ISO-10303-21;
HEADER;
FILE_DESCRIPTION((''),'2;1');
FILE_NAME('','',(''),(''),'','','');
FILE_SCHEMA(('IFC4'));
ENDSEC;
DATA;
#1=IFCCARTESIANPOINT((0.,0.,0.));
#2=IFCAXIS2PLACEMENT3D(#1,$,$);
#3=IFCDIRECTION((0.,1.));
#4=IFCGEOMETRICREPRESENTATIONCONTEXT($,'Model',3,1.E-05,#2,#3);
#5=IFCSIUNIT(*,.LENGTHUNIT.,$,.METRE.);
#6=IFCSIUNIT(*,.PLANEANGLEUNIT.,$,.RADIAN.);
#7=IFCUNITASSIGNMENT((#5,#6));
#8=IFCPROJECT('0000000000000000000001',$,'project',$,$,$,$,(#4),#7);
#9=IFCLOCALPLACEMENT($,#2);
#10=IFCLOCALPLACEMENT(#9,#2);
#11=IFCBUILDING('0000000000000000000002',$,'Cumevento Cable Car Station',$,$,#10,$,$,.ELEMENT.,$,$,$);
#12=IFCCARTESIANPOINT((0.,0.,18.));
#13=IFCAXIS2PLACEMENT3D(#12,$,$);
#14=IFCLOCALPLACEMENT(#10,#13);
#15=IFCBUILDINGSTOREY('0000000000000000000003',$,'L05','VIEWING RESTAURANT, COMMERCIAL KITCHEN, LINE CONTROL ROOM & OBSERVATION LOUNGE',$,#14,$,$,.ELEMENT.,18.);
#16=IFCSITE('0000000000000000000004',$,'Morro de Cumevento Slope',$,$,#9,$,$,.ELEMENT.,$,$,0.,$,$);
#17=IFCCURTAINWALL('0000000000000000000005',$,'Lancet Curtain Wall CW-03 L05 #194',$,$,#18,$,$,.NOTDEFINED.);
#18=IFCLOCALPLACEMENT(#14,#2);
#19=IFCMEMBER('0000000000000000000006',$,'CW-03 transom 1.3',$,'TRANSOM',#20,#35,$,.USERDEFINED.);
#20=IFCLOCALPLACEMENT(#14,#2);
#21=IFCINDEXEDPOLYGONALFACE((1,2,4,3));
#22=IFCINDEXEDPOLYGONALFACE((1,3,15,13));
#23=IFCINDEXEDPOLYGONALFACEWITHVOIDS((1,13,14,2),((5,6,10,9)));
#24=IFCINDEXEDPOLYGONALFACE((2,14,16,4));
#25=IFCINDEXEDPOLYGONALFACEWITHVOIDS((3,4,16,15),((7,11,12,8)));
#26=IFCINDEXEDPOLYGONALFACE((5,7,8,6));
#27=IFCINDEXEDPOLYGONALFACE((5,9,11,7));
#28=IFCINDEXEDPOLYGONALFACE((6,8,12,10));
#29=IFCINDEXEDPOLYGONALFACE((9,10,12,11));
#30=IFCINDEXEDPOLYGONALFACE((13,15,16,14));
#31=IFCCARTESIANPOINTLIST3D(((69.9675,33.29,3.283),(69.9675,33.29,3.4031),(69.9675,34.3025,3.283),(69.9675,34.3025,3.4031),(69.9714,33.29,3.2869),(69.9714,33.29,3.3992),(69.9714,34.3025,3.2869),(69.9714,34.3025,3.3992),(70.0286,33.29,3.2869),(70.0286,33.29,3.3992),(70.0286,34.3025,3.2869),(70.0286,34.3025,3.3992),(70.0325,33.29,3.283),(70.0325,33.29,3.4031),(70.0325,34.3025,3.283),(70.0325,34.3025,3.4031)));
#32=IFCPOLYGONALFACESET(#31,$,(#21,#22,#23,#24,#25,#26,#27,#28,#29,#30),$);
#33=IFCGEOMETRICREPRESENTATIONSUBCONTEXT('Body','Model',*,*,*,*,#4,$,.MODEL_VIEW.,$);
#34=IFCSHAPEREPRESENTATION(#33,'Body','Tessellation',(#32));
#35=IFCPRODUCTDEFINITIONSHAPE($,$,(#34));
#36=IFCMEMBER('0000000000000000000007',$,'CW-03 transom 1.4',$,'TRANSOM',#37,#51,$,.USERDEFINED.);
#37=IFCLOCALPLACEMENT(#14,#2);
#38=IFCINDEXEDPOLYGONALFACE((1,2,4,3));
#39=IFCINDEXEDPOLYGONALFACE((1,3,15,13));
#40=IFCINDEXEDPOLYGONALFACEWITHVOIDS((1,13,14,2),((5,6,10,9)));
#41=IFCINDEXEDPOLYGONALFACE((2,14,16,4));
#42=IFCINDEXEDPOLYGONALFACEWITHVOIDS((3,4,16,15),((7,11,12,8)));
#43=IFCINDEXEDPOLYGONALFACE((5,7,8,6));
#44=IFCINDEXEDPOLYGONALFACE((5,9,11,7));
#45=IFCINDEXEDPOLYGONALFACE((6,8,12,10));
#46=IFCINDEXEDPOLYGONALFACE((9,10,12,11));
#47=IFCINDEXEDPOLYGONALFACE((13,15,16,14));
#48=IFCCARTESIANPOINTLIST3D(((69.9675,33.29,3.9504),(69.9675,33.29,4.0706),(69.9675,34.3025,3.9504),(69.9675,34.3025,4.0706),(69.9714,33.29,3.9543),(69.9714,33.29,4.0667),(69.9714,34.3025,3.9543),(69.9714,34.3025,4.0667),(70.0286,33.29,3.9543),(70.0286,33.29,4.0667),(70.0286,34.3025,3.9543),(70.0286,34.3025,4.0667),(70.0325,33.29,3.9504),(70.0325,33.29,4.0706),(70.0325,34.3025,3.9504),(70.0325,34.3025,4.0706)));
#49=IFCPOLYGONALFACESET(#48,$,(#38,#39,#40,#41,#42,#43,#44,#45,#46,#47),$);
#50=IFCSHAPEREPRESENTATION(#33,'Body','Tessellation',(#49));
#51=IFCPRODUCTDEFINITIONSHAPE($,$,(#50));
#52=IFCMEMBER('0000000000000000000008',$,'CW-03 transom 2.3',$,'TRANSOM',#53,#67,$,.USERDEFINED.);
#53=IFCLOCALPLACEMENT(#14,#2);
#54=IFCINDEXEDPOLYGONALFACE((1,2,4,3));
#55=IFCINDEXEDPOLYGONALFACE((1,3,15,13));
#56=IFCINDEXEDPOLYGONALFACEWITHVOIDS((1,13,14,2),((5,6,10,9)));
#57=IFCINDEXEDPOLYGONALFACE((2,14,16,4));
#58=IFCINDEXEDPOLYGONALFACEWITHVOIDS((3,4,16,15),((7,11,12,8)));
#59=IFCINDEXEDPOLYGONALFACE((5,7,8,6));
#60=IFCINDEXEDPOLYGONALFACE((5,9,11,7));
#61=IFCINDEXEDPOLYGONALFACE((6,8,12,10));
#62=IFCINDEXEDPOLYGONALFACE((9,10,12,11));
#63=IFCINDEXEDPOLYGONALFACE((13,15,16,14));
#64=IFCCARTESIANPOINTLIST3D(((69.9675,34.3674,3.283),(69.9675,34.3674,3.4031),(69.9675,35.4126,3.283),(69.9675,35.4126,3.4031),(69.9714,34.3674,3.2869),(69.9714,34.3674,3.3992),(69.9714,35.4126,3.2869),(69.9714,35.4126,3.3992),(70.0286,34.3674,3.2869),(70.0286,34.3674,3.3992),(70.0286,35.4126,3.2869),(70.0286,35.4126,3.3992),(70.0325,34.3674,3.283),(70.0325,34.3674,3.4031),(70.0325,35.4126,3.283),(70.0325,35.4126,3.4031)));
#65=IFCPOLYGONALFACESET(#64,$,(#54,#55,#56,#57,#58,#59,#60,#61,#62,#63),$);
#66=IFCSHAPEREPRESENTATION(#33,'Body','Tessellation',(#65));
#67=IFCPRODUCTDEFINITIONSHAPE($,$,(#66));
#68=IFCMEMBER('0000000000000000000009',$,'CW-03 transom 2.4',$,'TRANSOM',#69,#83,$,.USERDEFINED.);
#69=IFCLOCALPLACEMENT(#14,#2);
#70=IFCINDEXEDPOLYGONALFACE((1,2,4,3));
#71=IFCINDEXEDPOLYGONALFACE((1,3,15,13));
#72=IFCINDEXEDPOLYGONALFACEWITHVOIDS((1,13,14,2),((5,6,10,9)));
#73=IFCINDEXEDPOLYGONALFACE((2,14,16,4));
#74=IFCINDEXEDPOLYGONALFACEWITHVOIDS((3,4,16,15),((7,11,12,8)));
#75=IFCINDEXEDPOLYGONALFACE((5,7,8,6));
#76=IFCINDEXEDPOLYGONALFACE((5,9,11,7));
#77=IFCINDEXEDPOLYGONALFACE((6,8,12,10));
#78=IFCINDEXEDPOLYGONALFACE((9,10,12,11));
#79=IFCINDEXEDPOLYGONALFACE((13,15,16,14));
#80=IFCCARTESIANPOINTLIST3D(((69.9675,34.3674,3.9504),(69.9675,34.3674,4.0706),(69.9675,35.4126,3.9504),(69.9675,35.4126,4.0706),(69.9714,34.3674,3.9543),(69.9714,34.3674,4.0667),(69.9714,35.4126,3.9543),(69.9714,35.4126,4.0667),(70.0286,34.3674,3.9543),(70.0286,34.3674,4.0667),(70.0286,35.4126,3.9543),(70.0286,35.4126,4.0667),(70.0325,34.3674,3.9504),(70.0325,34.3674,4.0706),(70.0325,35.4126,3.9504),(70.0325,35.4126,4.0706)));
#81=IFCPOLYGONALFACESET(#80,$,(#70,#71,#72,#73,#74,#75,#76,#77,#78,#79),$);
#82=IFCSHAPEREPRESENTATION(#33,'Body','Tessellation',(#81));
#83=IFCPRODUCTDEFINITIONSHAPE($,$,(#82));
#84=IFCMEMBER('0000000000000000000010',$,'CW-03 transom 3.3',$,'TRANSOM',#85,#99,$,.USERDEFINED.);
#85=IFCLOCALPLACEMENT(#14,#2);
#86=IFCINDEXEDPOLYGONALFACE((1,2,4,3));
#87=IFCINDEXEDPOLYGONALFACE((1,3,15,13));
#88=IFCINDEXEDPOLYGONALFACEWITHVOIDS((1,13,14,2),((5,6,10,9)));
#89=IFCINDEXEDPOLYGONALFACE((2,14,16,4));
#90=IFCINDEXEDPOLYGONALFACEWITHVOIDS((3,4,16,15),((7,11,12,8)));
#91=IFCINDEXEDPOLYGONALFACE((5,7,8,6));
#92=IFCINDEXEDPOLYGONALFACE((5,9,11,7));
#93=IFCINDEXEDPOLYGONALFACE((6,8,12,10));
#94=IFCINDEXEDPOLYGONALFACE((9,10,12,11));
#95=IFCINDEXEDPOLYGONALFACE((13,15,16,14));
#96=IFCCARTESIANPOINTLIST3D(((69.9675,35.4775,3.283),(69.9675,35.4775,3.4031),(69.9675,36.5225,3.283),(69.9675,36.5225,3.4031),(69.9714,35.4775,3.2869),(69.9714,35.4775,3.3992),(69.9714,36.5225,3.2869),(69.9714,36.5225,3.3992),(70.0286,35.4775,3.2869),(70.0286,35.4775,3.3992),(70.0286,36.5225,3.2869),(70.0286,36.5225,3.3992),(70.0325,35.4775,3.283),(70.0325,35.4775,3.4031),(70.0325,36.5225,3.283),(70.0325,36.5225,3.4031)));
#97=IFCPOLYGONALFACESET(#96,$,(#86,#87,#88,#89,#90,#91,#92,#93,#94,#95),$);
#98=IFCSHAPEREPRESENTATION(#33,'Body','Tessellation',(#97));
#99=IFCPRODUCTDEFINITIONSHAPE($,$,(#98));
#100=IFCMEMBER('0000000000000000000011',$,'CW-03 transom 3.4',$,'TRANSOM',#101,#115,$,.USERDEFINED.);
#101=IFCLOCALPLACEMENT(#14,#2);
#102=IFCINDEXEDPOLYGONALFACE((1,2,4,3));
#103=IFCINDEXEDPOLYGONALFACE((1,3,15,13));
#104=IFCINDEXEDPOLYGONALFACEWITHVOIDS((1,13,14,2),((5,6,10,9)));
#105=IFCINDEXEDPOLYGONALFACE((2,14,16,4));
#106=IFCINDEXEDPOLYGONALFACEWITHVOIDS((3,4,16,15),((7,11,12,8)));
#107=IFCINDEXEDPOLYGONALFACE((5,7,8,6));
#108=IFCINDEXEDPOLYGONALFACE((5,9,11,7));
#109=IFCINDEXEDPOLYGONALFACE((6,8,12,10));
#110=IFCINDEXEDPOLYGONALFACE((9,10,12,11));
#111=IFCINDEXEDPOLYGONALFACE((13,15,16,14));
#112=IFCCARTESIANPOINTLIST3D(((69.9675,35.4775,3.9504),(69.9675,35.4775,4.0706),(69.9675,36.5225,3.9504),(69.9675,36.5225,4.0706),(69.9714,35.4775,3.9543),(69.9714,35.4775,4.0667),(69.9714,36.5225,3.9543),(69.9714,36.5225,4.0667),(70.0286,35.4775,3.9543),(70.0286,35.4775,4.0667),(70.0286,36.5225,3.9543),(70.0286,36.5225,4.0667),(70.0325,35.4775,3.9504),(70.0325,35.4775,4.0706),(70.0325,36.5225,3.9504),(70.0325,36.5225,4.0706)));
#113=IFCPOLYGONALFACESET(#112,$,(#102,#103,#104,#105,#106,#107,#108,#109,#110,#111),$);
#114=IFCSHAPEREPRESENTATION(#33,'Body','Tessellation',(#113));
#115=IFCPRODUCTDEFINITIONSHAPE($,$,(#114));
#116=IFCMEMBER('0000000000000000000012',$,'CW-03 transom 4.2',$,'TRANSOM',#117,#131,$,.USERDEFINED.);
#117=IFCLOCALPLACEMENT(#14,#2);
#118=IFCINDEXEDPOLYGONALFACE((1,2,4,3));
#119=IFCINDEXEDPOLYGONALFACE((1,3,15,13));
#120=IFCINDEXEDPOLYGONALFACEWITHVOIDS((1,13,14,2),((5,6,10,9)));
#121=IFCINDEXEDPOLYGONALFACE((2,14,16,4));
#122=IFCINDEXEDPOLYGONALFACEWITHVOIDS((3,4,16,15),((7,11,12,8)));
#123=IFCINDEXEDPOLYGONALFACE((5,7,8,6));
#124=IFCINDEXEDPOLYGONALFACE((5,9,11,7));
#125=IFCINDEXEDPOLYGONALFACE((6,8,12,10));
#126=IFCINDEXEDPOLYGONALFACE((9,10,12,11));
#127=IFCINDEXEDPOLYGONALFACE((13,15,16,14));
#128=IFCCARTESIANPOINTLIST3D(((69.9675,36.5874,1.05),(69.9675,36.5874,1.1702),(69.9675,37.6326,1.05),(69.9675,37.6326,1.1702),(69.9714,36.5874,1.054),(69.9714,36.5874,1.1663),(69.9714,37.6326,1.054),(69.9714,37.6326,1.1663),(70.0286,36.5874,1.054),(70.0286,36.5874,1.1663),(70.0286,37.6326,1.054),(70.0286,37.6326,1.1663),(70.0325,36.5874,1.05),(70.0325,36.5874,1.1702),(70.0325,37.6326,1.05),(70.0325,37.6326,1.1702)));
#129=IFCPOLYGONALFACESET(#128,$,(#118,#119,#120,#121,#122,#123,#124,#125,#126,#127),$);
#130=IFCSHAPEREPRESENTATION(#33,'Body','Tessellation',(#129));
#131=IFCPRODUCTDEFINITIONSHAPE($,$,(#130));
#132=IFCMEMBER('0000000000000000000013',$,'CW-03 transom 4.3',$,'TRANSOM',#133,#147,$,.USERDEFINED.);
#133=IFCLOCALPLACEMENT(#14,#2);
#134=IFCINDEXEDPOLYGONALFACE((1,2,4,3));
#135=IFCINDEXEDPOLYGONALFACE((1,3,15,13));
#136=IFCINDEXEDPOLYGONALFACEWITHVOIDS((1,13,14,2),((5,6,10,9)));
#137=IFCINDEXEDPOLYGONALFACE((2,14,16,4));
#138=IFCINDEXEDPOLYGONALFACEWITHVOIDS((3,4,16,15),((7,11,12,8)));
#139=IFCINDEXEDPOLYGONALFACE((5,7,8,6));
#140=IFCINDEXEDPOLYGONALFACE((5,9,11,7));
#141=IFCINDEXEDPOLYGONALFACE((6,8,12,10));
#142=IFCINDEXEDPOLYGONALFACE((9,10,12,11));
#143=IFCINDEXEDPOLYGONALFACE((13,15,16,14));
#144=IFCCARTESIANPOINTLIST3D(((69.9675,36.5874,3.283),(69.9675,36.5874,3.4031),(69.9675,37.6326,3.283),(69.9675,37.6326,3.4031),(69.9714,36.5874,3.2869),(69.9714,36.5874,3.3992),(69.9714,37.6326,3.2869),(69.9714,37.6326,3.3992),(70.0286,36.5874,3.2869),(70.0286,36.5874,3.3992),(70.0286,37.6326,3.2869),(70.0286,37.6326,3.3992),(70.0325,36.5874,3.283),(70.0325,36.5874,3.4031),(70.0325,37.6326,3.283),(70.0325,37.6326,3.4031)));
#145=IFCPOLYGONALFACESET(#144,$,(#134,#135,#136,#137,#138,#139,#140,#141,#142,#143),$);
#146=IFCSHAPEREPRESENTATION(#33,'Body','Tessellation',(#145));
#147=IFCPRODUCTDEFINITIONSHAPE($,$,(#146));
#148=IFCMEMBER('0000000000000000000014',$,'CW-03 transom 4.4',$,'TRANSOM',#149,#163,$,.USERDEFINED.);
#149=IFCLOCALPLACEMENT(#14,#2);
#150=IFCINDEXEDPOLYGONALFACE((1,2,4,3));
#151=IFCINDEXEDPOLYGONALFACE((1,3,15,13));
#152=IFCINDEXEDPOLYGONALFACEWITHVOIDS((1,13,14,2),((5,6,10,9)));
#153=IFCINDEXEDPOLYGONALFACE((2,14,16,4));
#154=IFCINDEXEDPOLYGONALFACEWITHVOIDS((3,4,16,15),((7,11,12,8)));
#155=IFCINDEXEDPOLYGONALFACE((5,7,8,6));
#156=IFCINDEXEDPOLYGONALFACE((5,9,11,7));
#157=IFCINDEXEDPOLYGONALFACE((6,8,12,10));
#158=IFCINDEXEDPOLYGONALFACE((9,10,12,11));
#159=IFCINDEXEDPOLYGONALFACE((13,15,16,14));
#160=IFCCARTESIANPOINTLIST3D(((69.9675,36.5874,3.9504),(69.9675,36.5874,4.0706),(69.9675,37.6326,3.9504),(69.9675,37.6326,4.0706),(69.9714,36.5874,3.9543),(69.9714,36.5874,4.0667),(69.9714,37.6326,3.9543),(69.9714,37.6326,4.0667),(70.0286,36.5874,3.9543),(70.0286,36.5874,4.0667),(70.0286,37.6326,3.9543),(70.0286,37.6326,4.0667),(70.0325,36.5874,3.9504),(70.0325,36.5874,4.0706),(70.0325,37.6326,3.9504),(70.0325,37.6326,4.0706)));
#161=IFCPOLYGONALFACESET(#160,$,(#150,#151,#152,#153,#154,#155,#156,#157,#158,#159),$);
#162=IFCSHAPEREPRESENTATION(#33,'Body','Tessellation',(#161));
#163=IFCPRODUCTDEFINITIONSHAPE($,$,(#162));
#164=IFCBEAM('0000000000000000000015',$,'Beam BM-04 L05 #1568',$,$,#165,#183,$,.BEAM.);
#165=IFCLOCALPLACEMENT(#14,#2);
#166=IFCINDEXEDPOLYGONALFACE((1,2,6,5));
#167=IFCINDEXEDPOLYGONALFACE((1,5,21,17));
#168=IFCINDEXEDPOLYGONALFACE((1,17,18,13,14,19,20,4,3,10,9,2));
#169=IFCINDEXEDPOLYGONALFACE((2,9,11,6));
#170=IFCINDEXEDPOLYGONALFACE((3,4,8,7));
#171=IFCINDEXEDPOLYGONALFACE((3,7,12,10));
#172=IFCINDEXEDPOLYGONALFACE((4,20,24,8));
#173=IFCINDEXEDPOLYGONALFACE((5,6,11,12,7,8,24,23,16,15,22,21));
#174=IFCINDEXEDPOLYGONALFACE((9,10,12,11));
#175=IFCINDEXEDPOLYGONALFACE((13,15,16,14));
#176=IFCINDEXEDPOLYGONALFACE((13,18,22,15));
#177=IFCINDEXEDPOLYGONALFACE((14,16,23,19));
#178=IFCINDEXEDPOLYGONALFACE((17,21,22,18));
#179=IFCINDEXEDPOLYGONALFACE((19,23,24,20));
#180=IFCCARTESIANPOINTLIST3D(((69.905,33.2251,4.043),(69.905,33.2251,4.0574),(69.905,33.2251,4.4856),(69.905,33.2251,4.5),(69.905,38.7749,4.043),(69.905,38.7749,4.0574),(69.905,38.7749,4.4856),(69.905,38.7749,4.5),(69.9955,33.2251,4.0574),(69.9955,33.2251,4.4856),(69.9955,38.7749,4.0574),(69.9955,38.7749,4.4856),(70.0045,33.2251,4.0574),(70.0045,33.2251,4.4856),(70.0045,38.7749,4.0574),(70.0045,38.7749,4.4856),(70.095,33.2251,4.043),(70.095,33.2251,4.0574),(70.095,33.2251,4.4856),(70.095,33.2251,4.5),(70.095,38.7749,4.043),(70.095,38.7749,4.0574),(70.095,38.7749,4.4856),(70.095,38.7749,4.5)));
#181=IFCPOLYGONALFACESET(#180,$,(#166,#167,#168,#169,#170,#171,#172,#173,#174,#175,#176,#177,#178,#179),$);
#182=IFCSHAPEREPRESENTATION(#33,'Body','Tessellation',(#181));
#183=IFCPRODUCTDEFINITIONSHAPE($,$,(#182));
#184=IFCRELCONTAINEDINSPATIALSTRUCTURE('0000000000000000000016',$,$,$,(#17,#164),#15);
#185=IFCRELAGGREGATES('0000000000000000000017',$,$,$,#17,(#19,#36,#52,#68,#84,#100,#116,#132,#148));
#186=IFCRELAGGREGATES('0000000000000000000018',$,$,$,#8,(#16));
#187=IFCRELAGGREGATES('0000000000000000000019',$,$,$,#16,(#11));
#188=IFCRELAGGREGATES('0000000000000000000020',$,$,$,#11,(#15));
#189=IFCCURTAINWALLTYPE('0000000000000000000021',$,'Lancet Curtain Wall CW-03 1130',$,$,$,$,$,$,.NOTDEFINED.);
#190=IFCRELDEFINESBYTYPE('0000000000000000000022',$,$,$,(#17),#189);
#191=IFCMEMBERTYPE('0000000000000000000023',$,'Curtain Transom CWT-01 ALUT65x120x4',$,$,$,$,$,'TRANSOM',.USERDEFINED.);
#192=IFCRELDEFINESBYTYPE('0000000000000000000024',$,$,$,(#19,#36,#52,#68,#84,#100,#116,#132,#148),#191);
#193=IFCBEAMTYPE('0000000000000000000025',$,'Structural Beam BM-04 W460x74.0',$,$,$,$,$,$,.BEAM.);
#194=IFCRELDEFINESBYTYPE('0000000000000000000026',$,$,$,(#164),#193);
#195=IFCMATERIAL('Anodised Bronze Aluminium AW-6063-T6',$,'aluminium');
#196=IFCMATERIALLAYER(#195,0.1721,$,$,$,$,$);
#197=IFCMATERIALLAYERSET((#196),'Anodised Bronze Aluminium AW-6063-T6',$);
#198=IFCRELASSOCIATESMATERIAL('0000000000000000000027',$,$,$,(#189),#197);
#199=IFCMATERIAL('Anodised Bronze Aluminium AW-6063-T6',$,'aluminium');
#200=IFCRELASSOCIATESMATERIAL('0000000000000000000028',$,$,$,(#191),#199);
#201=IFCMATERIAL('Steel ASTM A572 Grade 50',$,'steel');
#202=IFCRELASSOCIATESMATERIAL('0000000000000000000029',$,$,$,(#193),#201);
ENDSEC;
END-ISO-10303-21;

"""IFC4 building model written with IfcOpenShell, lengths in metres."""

from ifc_helpers import new_model, si_unit, direction, frame, origin, origin_2d, place, context, subcontext, project, spatial, hollow_rectangle, i_section, extrude, material, layer, layer_set, material_profile, profile_set, type_object, element, aggregate, save


model = new_model("IFC4")

# Units and contexts
model_context = context("Model", 3, precision=1e-05, world=origin(), true_north=direction((0.0, 1.0)))
body_context = subcontext(model_context, "Body", "Model", "MODEL_VIEW")
ifc_project = project(units=[si_unit("LENGTHUNIT", "METRE"), si_unit("PLANEANGLEUNIT", "RADIAN")], contexts=[model_context])

# Site, building, storey
site_placement = place(None, origin())
site = spatial("IfcSite", under=ifc_project, at=site_placement, Name="Morro de Cumevento Slope", CompositionType="ELEMENT", RefElevation=0.0)
building_placement = place(site_placement, origin())
building = spatial("IfcBuilding", under=site, at=building_placement, Name="Cumevento Cable Car Station", CompositionType="ELEMENT")
storey_placement = place(building_placement, frame((0.0, 0.0, 18.0)))
storey = spatial("IfcBuildingStorey", under=building, at=storey_placement, Name="L05", Description="VIEWING RESTAURANT, COMMERCIAL KITCHEN, LINE CONTROL ROOM & OBSERVATION LOUNGE", CompositionType="ELEMENT", Elevation=18.0)

# Curtain wall, members
ifc_material_1 = material(Name="Anodised Bronze Aluminium AW-6063-T6", Category="aluminium")
ifc_layer_1 = layer(ifc_material_1, 0.1721)
ifc_layer_set_1 = layer_set([ifc_layer_1], Name="Anodised Bronze Aluminium AW-6063-T6")
curtain_wall_type_1 = type_object("IfcCurtainWallType", Name="Lancet Curtain Wall CW-03 1130", PredefinedType="NOTDEFINED", material=ifc_layer_set_1)
curtain_wall_1_placement = place(storey_placement, origin())
curtain_wall_1 = element("IfcCurtainWall", 1, at=curtain_wall_1_placement, inside=storey, type_object=curtain_wall_type_1, Name="Lancet Curtain Wall CW-03 L05 #194", PredefinedType="NOTDEFINED")
ifc_material_2 = material(Name="Anodised Bronze Aluminium AW-6063-T6", Category="aluminium")
ifc_material_profile_1 = material_profile(ifc_material_2, hollow_rectangle(XDim=0.0649, YDim=0.1201, WallThickness=0.0039, at=origin_2d()), Name="ALUT65x120x4")
ifc_profile_set_1 = profile_set([ifc_material_profile_1], Name="Anodised Bronze Aluminium AW-6063-T6")
member_type = type_object("IfcMemberType", Name="Curtain Transom CWT-01 ALUT65x120x4", ElementType="TRANSOM", PredefinedType="USERDEFINED", material=ifc_profile_set_1)
member_1_placement = place(storey_placement, frame((70.0, 33.29, 3.343), z_axis=(0.0, 1.0, 0.0), x_axis=(-1.0, 0.0, 0.0)))
member_1 = element("IfcMember", 2, at=member_1_placement, type_object=member_type, Name="CW-03 transom 1.3", ObjectType="TRANSOM", PredefinedType="USERDEFINED", context=body_context, shape_type="SweptSolid", body=[
    extrude(hollow_rectangle(XDim=0.0649, YDim=0.1201, WallThickness=0.0039, at=origin_2d()), origin(), (0.0, 0.0, 1.0), 1.0125),
])
member_2_placement = place(storey_placement, frame((70.0, 33.29, 4.0105), z_axis=(0.0, 1.0, 0.0), x_axis=(-1.0, 0.0, 0.0)))
member_2 = element("IfcMember", 3, at=member_2_placement, type_object=member_type, Name="CW-03 transom 1.4", ObjectType="TRANSOM", PredefinedType="USERDEFINED", context=body_context, shape_type="SweptSolid", body=[
    extrude(hollow_rectangle(XDim=0.0649, YDim=0.1201, WallThickness=0.0039, at=origin_2d()), origin(), (0.0, 0.0, 1.0), 1.0125),
])
member_3_placement = place(storey_placement, frame((70.0, 34.3674, 3.343), z_axis=(0.0, 1.0, 0.0), x_axis=(-1.0, 0.0, 0.0)))
member_3 = element("IfcMember", 4, at=member_3_placement, type_object=member_type, Name="CW-03 transom 2.3", ObjectType="TRANSOM", PredefinedType="USERDEFINED", context=body_context, shape_type="SweptSolid", body=[
    extrude(hollow_rectangle(XDim=0.0649, YDim=0.1201, WallThickness=0.0039, at=origin_2d()), origin(), (0.0, 0.0, 1.0), 1.0452),
])
member_4_placement = place(storey_placement, frame((70.0, 34.3674, 4.0105), z_axis=(0.0, 1.0, 0.0), x_axis=(-1.0, 0.0, 0.0)))
member_4 = element("IfcMember", 5, at=member_4_placement, type_object=member_type, Name="CW-03 transom 2.4", ObjectType="TRANSOM", PredefinedType="USERDEFINED", context=body_context, shape_type="SweptSolid", body=[
    extrude(hollow_rectangle(XDim=0.0649, YDim=0.1201, WallThickness=0.0039, at=origin_2d()), origin(), (0.0, 0.0, 1.0), 1.0452),
])
member_5_placement = place(storey_placement, frame((70.0, 35.4775, 3.343), z_axis=(0.0, 1.0, 0.0), x_axis=(-1.0, 0.0, 0.0)))
member_5 = element("IfcMember", 6, at=member_5_placement, type_object=member_type, Name="CW-03 transom 3.3", ObjectType="TRANSOM", PredefinedType="USERDEFINED", context=body_context, shape_type="SweptSolid", body=[
    extrude(hollow_rectangle(XDim=0.0649, YDim=0.1201, WallThickness=0.0039, at=origin_2d()), origin(), (0.0, 0.0, 1.0), 1.0449),
])
member_6_placement = place(storey_placement, frame((70.0, 35.4775, 4.0105), z_axis=(0.0, 1.0, 0.0), x_axis=(-1.0, 0.0, 0.0)))
member_6 = element("IfcMember", 7, at=member_6_placement, type_object=member_type, Name="CW-03 transom 3.4", ObjectType="TRANSOM", PredefinedType="USERDEFINED", context=body_context, shape_type="SweptSolid", body=[
    extrude(hollow_rectangle(XDim=0.0649, YDim=0.1201, WallThickness=0.0039, at=origin_2d()), origin(), (0.0, 0.0, 1.0), 1.0449),
])
member_7_placement = place(storey_placement, frame((70.0, 36.5874, 1.1101), z_axis=(0.0, 1.0, 0.0), x_axis=(-1.0, 0.0, 0.0)))
member_7 = element("IfcMember", 8, at=member_7_placement, type_object=member_type, Name="CW-03 transom 4.2", ObjectType="TRANSOM", PredefinedType="USERDEFINED", context=body_context, shape_type="SweptSolid", body=[
    extrude(hollow_rectangle(XDim=0.0649, YDim=0.1201, WallThickness=0.0039, at=origin_2d()), origin(), (0.0, 0.0, 1.0), 1.0452),
])
member_8_placement = place(storey_placement, frame((70.0, 36.5874, 3.343), z_axis=(0.0, 1.0, 0.0), x_axis=(-1.0, 0.0, 0.0)))
member_8 = element("IfcMember", 9, at=member_8_placement, type_object=member_type, Name="CW-03 transom 4.3", ObjectType="TRANSOM", PredefinedType="USERDEFINED", context=body_context, shape_type="SweptSolid", body=[
    extrude(hollow_rectangle(XDim=0.0649, YDim=0.1201, WallThickness=0.0039, at=origin_2d()), origin(), (0.0, 0.0, 1.0), 1.0452),
])
member_9_placement = place(storey_placement, frame((70.0, 36.5874, 4.0105), z_axis=(0.0, 1.0, 0.0), x_axis=(-1.0, 0.0, 0.0)))
member_9 = element("IfcMember", 10, at=member_9_placement, type_object=member_type, Name="CW-03 transom 4.4", ObjectType="TRANSOM", PredefinedType="USERDEFINED", context=body_context, shape_type="SweptSolid", body=[
    extrude(hollow_rectangle(XDim=0.0649, YDim=0.1201, WallThickness=0.0039, at=origin_2d()), origin(), (0.0, 0.0, 1.0), 1.0452),
])

# Beam
ifc_material_3 = material(Name="Steel ASTM A572 Grade 50", Category="steel")
ifc_material_profile_2 = material_profile(ifc_material_3, i_section(OverallWidth=0.1899, OverallDepth=0.457, WebThickness=0.009, FlangeThickness=0.0144, at=origin_2d()), Name="W460x74.0")
ifc_profile_set_2 = profile_set([ifc_material_profile_2], Name="Steel ASTM A572 Grade 50")
beam_type_1 = type_object("IfcBeamType", Name="Structural Beam BM-04 W460x74.0", PredefinedType="BEAM", material=ifc_profile_set_2)
beam_1_placement = place(storey_placement, frame((70.0, 33.2251, 4.2715), z_axis=(0.0, 1.0, 0.0), x_axis=(-1.0, 0.0, 0.0)))
element("IfcBeam", 11, at=beam_1_placement, inside=storey, type_object=beam_type_1, Name="Beam BM-04 L05 #1568", PredefinedType="BEAM", context=body_context, shape_type="SweptSolid", body=[
    extrude(i_section(OverallWidth=0.1899, OverallDepth=0.457, WebThickness=0.009, FlangeThickness=0.0144, at=origin_2d()), origin(), (0.0, 0.0, 1.0), 5.5498),
])

aggregate(curtain_wall_1, [member_1, member_2, member_3, member_4, member_5, member_6, member_7, member_8, member_9])

save(model, "model.ifc")
